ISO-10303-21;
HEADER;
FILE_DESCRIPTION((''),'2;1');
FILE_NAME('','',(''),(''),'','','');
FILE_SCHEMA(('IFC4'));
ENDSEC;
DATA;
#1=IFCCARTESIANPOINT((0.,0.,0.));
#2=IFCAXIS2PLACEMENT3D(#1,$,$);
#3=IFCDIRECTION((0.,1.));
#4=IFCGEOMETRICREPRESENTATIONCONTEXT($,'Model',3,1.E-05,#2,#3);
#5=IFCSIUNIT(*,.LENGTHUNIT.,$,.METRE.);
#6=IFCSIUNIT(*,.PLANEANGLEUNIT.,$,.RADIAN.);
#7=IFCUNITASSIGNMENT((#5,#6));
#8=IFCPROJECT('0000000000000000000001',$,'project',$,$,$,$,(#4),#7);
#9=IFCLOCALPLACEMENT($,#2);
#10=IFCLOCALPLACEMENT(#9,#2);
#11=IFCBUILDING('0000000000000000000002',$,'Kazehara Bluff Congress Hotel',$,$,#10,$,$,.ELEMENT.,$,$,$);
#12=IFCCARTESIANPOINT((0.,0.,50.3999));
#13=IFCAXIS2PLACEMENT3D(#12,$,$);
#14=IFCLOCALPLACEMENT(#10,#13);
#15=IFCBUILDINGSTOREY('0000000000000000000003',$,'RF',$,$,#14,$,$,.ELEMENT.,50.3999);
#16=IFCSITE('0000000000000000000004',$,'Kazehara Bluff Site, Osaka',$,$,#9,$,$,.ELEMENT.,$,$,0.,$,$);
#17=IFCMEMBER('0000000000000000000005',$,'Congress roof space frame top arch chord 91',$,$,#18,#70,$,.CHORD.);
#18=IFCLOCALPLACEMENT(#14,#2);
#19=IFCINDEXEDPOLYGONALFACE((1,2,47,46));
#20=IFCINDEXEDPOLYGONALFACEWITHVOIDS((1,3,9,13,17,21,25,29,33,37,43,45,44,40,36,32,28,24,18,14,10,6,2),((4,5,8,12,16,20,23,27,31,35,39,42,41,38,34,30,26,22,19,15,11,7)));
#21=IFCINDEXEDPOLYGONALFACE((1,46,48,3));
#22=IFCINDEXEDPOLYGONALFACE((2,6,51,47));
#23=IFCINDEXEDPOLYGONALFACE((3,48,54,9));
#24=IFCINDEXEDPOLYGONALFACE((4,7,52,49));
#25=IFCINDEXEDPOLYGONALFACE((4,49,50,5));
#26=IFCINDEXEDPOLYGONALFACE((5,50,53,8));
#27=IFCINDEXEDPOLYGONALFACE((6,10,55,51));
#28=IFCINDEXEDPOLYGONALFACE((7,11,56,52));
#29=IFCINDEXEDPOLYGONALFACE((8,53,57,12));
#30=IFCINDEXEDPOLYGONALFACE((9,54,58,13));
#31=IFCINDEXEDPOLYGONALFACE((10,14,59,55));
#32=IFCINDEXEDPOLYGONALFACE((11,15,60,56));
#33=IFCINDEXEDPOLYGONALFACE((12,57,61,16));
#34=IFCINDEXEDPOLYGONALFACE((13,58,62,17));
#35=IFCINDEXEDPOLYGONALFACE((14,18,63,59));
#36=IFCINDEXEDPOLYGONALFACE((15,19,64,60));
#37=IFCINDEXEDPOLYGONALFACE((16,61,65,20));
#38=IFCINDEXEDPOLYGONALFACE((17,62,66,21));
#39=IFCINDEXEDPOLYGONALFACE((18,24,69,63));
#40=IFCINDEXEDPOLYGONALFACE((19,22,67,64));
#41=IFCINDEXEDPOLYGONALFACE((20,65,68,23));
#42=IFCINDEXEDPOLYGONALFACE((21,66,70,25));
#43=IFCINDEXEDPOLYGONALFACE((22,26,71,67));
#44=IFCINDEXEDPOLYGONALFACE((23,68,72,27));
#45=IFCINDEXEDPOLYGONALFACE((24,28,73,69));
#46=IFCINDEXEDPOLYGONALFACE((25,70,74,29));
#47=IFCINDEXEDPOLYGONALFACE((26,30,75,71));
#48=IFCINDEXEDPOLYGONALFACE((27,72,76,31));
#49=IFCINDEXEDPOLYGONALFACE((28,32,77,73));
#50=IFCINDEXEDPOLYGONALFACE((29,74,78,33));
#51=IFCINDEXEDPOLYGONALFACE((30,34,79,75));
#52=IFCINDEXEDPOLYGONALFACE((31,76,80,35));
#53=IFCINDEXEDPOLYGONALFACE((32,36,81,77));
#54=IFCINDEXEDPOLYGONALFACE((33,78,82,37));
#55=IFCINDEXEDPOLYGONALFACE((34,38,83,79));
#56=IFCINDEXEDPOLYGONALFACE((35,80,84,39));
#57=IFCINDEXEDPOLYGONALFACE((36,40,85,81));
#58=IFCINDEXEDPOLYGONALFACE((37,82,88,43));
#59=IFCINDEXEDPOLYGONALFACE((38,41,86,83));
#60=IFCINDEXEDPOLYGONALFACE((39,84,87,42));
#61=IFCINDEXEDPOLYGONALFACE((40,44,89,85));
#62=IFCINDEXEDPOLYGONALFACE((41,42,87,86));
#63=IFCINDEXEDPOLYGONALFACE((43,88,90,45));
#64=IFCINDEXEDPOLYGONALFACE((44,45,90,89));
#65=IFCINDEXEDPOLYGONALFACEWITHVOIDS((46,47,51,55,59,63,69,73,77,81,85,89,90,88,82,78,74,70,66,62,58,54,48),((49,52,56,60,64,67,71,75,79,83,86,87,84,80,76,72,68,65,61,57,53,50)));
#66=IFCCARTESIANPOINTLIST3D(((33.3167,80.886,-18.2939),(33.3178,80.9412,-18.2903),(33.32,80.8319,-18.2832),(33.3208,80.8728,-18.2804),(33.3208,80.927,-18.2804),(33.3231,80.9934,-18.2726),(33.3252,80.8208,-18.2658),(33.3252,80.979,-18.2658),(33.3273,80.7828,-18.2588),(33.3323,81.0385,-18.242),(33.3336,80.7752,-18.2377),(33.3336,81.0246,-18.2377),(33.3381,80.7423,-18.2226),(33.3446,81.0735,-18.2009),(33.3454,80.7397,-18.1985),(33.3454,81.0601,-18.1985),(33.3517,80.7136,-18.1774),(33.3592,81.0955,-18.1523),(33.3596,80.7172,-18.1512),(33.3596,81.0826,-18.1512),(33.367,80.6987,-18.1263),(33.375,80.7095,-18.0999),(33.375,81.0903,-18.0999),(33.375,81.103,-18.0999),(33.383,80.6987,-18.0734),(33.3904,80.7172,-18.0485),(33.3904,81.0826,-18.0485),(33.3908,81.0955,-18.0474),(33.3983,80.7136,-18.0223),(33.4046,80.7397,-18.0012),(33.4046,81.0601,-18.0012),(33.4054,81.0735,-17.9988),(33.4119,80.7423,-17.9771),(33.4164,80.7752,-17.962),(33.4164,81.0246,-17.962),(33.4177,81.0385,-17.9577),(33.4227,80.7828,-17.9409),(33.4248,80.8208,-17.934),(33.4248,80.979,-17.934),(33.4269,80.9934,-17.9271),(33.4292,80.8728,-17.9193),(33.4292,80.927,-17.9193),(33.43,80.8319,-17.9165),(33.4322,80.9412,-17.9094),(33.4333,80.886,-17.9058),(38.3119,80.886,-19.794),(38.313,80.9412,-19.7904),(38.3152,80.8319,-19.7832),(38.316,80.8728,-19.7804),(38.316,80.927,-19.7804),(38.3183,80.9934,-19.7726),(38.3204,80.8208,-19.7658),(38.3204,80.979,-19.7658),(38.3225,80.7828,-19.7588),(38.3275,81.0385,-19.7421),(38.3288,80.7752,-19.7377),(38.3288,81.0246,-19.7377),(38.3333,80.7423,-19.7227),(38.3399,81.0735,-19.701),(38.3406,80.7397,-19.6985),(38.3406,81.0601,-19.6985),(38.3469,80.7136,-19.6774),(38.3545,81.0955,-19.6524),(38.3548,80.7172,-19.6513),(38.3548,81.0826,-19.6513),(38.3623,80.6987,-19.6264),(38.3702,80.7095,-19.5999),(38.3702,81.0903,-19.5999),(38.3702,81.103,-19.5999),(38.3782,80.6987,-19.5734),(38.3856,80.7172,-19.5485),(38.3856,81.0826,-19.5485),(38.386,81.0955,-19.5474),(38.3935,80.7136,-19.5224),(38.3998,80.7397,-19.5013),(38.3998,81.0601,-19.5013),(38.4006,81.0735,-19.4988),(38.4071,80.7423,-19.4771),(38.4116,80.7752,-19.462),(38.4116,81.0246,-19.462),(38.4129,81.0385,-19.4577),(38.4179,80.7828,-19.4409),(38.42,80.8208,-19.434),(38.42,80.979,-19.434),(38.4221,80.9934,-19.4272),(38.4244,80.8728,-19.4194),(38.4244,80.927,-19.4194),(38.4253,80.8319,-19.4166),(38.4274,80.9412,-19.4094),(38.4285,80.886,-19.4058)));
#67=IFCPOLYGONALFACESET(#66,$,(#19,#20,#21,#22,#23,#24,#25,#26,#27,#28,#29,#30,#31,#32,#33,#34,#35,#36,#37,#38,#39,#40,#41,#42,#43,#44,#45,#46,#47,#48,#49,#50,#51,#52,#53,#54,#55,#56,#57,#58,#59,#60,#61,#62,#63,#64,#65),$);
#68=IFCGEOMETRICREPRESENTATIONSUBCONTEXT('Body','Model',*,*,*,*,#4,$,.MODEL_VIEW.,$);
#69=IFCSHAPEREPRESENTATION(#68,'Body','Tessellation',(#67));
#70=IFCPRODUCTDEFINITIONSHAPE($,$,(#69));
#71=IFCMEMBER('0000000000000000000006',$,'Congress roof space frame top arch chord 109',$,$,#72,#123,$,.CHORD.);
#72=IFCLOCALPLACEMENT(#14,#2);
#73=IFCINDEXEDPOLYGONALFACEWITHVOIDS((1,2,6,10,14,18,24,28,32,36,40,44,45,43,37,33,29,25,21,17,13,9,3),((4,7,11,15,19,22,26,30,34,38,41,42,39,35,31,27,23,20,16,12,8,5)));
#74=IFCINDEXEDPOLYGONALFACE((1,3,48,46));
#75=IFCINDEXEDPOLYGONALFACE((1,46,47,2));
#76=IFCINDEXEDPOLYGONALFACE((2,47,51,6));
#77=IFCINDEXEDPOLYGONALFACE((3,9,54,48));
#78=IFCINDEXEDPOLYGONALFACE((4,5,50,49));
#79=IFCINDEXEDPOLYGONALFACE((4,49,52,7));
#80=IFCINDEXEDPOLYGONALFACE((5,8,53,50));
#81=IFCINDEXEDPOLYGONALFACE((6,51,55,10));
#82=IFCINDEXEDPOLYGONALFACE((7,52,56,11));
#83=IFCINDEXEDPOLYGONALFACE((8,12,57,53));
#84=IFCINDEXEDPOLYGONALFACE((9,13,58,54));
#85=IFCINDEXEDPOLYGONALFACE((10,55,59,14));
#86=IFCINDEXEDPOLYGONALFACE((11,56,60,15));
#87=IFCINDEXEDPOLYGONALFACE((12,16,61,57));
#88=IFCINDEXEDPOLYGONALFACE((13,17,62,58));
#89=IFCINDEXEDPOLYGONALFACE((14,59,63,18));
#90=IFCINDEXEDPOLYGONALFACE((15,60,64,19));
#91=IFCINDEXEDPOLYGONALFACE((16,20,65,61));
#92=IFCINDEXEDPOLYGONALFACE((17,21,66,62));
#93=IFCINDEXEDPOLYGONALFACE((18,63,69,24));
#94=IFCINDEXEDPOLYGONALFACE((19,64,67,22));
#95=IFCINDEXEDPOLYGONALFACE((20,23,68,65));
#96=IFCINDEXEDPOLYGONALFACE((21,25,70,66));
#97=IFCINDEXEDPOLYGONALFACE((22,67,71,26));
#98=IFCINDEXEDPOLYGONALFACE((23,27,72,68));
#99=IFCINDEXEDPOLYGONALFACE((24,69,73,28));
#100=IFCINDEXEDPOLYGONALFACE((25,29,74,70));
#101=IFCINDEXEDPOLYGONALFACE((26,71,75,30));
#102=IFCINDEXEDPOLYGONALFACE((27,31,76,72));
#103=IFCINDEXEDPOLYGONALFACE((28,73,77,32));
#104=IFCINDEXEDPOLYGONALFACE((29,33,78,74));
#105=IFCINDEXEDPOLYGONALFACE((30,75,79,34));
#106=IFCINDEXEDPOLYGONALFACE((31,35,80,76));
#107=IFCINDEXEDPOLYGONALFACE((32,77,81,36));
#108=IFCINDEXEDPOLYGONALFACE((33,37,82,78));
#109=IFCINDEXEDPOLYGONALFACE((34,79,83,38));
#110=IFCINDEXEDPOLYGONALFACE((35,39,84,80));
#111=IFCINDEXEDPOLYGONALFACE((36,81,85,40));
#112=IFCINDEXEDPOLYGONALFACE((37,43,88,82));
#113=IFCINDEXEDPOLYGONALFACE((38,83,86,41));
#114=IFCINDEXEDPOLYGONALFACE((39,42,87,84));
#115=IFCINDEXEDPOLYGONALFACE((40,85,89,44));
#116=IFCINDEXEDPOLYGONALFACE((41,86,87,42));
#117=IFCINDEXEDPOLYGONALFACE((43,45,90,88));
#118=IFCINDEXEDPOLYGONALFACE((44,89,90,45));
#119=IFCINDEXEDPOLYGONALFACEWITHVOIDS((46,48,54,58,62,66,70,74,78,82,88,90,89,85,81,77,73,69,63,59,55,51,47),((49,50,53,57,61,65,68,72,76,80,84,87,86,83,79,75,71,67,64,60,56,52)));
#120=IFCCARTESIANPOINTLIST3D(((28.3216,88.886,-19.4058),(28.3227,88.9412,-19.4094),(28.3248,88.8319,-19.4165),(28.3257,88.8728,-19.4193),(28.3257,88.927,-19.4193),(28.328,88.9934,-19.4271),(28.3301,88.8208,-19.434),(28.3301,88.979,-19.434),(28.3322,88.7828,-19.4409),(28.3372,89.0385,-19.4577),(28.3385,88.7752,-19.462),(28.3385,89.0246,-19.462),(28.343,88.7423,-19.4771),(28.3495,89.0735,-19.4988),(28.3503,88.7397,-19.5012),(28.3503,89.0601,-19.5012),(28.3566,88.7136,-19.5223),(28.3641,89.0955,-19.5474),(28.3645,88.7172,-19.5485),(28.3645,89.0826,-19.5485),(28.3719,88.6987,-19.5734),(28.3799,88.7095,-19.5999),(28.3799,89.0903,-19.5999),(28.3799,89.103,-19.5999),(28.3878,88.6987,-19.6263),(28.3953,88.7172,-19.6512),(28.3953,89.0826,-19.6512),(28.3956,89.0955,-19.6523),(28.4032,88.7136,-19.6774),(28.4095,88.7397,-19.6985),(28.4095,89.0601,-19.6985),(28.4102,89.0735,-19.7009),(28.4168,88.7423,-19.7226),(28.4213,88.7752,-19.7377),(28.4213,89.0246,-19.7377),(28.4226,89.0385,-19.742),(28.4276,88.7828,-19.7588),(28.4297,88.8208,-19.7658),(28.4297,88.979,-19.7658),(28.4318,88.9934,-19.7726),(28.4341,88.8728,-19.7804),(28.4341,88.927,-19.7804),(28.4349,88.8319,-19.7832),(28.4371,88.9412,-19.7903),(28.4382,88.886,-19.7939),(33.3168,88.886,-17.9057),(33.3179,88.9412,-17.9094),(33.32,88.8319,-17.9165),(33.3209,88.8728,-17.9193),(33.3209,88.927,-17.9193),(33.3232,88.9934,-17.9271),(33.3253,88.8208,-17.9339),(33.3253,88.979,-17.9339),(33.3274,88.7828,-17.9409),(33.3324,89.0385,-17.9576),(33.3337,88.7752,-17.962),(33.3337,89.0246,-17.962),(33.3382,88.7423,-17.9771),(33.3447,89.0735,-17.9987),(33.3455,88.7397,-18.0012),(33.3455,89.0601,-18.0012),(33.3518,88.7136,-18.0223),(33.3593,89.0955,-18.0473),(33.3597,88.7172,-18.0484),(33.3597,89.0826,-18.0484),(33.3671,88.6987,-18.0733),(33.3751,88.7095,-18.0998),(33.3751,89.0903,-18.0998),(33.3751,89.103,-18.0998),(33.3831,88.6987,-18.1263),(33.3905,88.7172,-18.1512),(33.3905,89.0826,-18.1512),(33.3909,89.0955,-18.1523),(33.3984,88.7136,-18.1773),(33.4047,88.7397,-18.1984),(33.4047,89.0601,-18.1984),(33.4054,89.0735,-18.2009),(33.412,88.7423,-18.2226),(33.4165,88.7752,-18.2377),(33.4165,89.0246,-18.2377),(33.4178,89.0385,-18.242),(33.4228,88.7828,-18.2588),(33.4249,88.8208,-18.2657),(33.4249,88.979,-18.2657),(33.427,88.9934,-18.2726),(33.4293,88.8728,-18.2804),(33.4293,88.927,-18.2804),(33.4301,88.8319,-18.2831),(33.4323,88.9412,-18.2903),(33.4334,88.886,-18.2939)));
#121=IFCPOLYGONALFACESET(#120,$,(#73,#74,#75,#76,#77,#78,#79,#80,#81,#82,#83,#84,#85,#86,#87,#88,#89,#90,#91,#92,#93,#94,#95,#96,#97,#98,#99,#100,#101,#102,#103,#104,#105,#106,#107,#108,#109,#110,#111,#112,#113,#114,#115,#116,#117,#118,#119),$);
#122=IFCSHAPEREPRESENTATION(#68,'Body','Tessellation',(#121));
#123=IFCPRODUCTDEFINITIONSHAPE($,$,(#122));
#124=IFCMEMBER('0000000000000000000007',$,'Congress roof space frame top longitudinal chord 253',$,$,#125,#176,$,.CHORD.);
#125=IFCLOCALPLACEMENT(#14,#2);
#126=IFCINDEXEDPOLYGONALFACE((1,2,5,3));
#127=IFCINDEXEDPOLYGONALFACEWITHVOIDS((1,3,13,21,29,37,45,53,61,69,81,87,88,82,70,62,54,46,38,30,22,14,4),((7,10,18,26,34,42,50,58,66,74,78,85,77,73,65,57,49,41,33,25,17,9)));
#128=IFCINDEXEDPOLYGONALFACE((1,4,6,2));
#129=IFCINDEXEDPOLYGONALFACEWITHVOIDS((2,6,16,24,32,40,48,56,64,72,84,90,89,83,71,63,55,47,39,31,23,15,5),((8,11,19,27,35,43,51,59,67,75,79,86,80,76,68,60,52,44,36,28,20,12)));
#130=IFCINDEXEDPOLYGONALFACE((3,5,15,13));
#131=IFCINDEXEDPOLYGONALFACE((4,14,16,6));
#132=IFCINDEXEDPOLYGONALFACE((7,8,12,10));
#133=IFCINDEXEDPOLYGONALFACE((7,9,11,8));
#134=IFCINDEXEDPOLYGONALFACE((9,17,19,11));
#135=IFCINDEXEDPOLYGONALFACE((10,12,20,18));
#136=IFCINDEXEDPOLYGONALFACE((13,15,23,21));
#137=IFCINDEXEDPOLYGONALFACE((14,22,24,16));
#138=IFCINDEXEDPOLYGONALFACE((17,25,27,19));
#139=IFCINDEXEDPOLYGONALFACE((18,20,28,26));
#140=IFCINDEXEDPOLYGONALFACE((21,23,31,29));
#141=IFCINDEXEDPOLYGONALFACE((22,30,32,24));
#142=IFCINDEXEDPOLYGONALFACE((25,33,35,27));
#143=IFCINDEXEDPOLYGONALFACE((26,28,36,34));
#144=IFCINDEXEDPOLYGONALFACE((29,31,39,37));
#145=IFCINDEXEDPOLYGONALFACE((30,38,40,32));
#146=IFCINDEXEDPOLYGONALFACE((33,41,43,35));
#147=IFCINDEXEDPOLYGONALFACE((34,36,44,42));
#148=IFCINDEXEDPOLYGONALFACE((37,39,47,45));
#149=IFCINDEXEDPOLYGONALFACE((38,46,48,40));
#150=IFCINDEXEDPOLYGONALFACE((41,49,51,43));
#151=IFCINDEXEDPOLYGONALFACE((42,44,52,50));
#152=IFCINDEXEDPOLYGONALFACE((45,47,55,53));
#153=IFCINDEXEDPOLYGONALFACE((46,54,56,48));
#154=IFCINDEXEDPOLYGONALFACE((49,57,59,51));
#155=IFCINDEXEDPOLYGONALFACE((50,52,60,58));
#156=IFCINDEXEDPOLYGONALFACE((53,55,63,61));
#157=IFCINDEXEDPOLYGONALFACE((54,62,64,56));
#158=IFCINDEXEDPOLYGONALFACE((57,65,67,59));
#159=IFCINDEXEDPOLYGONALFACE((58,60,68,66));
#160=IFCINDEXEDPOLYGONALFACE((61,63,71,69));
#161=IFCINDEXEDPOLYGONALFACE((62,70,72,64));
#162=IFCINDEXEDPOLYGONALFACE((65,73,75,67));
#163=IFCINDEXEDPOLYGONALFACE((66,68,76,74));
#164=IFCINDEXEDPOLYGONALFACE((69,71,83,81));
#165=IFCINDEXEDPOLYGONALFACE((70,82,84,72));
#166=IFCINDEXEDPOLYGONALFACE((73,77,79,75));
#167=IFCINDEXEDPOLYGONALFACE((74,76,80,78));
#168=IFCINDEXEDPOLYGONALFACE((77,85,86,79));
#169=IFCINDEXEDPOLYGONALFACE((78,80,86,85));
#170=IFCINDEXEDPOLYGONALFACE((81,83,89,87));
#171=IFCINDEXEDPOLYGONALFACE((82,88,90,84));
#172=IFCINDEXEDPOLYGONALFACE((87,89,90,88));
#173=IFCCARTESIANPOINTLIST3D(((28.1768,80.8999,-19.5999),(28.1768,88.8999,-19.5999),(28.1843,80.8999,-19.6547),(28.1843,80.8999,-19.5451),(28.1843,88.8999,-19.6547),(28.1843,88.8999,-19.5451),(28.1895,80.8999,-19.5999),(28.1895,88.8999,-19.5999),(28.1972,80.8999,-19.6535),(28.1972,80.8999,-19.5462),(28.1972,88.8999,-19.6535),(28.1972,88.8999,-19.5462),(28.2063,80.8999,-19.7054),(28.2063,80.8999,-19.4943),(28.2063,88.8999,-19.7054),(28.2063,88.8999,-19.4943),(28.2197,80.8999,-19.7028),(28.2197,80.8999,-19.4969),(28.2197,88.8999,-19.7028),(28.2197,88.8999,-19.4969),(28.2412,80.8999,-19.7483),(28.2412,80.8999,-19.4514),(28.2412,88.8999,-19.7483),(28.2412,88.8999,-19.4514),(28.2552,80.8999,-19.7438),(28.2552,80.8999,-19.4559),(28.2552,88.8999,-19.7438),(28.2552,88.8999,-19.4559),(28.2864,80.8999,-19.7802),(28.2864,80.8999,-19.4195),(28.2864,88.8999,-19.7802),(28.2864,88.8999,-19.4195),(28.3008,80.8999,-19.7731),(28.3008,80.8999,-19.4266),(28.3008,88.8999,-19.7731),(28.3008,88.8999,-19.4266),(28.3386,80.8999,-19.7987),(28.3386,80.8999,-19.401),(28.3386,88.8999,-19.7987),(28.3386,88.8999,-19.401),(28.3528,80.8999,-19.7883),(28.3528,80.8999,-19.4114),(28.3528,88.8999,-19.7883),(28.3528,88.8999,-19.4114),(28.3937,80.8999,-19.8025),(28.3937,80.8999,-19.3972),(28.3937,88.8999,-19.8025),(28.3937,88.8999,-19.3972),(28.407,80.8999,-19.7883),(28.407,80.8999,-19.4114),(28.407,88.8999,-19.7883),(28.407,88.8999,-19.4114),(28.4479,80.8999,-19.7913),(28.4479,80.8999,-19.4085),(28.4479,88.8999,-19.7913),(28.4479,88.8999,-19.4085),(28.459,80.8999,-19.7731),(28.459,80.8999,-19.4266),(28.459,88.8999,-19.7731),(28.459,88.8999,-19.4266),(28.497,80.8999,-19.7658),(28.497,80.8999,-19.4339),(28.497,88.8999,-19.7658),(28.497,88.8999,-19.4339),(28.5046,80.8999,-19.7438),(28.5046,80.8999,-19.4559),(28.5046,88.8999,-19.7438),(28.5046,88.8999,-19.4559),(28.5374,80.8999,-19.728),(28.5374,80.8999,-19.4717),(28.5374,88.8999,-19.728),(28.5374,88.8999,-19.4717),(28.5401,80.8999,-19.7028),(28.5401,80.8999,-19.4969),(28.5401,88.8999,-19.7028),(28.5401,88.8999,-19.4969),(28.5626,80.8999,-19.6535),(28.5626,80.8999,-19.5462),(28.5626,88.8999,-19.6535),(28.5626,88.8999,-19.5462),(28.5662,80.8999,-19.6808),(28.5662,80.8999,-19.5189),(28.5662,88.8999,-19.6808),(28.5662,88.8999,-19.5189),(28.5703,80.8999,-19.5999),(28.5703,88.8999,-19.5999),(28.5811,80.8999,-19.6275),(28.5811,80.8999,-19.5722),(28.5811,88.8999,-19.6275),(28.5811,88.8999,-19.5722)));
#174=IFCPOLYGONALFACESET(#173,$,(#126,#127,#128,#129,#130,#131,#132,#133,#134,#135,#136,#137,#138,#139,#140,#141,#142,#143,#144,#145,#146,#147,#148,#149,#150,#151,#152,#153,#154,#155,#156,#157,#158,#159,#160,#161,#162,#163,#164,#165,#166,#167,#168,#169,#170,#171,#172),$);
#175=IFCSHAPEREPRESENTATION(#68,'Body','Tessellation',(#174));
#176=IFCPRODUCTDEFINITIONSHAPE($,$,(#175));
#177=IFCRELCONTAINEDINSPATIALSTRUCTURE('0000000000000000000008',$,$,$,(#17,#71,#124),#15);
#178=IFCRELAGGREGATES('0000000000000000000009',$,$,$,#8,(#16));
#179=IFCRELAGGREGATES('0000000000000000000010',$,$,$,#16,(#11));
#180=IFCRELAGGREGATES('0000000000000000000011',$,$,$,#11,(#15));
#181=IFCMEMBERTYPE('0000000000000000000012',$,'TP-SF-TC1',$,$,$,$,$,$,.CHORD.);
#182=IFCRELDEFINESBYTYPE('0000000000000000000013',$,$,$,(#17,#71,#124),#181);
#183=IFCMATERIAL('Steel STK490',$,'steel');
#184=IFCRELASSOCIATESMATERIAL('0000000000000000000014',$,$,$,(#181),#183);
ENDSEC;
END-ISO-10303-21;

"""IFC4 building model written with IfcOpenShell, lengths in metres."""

from ifc_helpers import new_model, si_unit, direction, frame, origin, origin_2d, place, context, subcontext, project, spatial, hollow_circle, extrude, material, material_profile, profile_set, type_object, element, save


model = new_model("IFC4")

# Units and contexts
model_context = context("Model", 3, precision=1e-05, world=origin(), true_north=direction((0.0, 1.0)))
body_context = subcontext(model_context, "Body", "Model", "MODEL_VIEW")
ifc_project = project(units=[si_unit("LENGTHUNIT", "METRE"), si_unit("PLANEANGLEUNIT", "RADIAN")], contexts=[model_context])

# Site, building, storey
site_placement = place(None, origin())
site = spatial("IfcSite", under=ifc_project, at=site_placement, Name="Kazehara Bluff Site, Osaka", CompositionType="ELEMENT", RefElevation=0.0)
building_placement = place(site_placement, origin())
building = spatial("IfcBuilding", under=site, at=building_placement, Name="Kazehara Bluff Congress Hotel", CompositionType="ELEMENT")
storey_placement = place(building_placement, frame((0.0, 0.0, 50.3999)))
storey = spatial("IfcBuildingStorey", under=building, at=storey_placement, Name="RF", CompositionType="ELEMENT", Elevation=50.3999)

# Members
ifc_material_1 = material(Name="Steel STK490", Category="steel")
ifc_material_profile_1 = material_profile(ifc_material_1, hollow_circle(Radius=0.2031, WallThickness=0.0127, at=origin_2d()))
ifc_profile_set_1 = profile_set([ifc_material_profile_1], Name="Steel STK490")
member_type_1 = type_object("IfcMemberType", Name="TP-SF-TC1", PredefinedType="CHORD", material=ifc_profile_set_1)
for number, where, z_axis, x_axis, name in (
    (1, (33.375, 80.8999, -18.0999), (0.957749, 0.0, -0.287606), (0.0, 1.0, 0.0), "Congress roof space frame top arch chord 91"),
    (2, (28.3799, 88.8999, -19.5999), (0.957749, 0.0, 0.287606), (0.0, 1.0, 0.0), "Congress roof space frame top arch chord 109"),
):
    element("IfcMember", number, at=place(storey_placement, frame(where, z_axis=z_axis, x_axis=x_axis)), inside=storey, type_object=member_type_1, Name=name, PredefinedType="CHORD", context=body_context, shape_type="SweptSolid", body=[
        extrude(hollow_circle(Radius=0.2031, WallThickness=0.0127, at=origin_2d()), origin(), (0.0, 0.0, 1.0), 5.2156),
    ])
for number, where, z_axis, x_axis, name in (
    (3, (28.3799, 80.8999, -19.5999), (0.0, 1.0, 0.0), (-1.0, 0.0, 0.0), "Congress roof space frame top longitudinal chord 253"),
):
    element("IfcMember", number, at=place(storey_placement, frame(where, z_axis=z_axis, x_axis=x_axis)), inside=storey, type_object=member_type_1, Name=name, PredefinedType="CHORD", context=body_context, shape_type="SweptSolid", body=[
        extrude(hollow_circle(Radius=0.2031, WallThickness=0.0127, at=origin_2d()), origin(), (0.0, 0.0, 1.0), 8.0),
    ])

save(model, "model.ifc")
